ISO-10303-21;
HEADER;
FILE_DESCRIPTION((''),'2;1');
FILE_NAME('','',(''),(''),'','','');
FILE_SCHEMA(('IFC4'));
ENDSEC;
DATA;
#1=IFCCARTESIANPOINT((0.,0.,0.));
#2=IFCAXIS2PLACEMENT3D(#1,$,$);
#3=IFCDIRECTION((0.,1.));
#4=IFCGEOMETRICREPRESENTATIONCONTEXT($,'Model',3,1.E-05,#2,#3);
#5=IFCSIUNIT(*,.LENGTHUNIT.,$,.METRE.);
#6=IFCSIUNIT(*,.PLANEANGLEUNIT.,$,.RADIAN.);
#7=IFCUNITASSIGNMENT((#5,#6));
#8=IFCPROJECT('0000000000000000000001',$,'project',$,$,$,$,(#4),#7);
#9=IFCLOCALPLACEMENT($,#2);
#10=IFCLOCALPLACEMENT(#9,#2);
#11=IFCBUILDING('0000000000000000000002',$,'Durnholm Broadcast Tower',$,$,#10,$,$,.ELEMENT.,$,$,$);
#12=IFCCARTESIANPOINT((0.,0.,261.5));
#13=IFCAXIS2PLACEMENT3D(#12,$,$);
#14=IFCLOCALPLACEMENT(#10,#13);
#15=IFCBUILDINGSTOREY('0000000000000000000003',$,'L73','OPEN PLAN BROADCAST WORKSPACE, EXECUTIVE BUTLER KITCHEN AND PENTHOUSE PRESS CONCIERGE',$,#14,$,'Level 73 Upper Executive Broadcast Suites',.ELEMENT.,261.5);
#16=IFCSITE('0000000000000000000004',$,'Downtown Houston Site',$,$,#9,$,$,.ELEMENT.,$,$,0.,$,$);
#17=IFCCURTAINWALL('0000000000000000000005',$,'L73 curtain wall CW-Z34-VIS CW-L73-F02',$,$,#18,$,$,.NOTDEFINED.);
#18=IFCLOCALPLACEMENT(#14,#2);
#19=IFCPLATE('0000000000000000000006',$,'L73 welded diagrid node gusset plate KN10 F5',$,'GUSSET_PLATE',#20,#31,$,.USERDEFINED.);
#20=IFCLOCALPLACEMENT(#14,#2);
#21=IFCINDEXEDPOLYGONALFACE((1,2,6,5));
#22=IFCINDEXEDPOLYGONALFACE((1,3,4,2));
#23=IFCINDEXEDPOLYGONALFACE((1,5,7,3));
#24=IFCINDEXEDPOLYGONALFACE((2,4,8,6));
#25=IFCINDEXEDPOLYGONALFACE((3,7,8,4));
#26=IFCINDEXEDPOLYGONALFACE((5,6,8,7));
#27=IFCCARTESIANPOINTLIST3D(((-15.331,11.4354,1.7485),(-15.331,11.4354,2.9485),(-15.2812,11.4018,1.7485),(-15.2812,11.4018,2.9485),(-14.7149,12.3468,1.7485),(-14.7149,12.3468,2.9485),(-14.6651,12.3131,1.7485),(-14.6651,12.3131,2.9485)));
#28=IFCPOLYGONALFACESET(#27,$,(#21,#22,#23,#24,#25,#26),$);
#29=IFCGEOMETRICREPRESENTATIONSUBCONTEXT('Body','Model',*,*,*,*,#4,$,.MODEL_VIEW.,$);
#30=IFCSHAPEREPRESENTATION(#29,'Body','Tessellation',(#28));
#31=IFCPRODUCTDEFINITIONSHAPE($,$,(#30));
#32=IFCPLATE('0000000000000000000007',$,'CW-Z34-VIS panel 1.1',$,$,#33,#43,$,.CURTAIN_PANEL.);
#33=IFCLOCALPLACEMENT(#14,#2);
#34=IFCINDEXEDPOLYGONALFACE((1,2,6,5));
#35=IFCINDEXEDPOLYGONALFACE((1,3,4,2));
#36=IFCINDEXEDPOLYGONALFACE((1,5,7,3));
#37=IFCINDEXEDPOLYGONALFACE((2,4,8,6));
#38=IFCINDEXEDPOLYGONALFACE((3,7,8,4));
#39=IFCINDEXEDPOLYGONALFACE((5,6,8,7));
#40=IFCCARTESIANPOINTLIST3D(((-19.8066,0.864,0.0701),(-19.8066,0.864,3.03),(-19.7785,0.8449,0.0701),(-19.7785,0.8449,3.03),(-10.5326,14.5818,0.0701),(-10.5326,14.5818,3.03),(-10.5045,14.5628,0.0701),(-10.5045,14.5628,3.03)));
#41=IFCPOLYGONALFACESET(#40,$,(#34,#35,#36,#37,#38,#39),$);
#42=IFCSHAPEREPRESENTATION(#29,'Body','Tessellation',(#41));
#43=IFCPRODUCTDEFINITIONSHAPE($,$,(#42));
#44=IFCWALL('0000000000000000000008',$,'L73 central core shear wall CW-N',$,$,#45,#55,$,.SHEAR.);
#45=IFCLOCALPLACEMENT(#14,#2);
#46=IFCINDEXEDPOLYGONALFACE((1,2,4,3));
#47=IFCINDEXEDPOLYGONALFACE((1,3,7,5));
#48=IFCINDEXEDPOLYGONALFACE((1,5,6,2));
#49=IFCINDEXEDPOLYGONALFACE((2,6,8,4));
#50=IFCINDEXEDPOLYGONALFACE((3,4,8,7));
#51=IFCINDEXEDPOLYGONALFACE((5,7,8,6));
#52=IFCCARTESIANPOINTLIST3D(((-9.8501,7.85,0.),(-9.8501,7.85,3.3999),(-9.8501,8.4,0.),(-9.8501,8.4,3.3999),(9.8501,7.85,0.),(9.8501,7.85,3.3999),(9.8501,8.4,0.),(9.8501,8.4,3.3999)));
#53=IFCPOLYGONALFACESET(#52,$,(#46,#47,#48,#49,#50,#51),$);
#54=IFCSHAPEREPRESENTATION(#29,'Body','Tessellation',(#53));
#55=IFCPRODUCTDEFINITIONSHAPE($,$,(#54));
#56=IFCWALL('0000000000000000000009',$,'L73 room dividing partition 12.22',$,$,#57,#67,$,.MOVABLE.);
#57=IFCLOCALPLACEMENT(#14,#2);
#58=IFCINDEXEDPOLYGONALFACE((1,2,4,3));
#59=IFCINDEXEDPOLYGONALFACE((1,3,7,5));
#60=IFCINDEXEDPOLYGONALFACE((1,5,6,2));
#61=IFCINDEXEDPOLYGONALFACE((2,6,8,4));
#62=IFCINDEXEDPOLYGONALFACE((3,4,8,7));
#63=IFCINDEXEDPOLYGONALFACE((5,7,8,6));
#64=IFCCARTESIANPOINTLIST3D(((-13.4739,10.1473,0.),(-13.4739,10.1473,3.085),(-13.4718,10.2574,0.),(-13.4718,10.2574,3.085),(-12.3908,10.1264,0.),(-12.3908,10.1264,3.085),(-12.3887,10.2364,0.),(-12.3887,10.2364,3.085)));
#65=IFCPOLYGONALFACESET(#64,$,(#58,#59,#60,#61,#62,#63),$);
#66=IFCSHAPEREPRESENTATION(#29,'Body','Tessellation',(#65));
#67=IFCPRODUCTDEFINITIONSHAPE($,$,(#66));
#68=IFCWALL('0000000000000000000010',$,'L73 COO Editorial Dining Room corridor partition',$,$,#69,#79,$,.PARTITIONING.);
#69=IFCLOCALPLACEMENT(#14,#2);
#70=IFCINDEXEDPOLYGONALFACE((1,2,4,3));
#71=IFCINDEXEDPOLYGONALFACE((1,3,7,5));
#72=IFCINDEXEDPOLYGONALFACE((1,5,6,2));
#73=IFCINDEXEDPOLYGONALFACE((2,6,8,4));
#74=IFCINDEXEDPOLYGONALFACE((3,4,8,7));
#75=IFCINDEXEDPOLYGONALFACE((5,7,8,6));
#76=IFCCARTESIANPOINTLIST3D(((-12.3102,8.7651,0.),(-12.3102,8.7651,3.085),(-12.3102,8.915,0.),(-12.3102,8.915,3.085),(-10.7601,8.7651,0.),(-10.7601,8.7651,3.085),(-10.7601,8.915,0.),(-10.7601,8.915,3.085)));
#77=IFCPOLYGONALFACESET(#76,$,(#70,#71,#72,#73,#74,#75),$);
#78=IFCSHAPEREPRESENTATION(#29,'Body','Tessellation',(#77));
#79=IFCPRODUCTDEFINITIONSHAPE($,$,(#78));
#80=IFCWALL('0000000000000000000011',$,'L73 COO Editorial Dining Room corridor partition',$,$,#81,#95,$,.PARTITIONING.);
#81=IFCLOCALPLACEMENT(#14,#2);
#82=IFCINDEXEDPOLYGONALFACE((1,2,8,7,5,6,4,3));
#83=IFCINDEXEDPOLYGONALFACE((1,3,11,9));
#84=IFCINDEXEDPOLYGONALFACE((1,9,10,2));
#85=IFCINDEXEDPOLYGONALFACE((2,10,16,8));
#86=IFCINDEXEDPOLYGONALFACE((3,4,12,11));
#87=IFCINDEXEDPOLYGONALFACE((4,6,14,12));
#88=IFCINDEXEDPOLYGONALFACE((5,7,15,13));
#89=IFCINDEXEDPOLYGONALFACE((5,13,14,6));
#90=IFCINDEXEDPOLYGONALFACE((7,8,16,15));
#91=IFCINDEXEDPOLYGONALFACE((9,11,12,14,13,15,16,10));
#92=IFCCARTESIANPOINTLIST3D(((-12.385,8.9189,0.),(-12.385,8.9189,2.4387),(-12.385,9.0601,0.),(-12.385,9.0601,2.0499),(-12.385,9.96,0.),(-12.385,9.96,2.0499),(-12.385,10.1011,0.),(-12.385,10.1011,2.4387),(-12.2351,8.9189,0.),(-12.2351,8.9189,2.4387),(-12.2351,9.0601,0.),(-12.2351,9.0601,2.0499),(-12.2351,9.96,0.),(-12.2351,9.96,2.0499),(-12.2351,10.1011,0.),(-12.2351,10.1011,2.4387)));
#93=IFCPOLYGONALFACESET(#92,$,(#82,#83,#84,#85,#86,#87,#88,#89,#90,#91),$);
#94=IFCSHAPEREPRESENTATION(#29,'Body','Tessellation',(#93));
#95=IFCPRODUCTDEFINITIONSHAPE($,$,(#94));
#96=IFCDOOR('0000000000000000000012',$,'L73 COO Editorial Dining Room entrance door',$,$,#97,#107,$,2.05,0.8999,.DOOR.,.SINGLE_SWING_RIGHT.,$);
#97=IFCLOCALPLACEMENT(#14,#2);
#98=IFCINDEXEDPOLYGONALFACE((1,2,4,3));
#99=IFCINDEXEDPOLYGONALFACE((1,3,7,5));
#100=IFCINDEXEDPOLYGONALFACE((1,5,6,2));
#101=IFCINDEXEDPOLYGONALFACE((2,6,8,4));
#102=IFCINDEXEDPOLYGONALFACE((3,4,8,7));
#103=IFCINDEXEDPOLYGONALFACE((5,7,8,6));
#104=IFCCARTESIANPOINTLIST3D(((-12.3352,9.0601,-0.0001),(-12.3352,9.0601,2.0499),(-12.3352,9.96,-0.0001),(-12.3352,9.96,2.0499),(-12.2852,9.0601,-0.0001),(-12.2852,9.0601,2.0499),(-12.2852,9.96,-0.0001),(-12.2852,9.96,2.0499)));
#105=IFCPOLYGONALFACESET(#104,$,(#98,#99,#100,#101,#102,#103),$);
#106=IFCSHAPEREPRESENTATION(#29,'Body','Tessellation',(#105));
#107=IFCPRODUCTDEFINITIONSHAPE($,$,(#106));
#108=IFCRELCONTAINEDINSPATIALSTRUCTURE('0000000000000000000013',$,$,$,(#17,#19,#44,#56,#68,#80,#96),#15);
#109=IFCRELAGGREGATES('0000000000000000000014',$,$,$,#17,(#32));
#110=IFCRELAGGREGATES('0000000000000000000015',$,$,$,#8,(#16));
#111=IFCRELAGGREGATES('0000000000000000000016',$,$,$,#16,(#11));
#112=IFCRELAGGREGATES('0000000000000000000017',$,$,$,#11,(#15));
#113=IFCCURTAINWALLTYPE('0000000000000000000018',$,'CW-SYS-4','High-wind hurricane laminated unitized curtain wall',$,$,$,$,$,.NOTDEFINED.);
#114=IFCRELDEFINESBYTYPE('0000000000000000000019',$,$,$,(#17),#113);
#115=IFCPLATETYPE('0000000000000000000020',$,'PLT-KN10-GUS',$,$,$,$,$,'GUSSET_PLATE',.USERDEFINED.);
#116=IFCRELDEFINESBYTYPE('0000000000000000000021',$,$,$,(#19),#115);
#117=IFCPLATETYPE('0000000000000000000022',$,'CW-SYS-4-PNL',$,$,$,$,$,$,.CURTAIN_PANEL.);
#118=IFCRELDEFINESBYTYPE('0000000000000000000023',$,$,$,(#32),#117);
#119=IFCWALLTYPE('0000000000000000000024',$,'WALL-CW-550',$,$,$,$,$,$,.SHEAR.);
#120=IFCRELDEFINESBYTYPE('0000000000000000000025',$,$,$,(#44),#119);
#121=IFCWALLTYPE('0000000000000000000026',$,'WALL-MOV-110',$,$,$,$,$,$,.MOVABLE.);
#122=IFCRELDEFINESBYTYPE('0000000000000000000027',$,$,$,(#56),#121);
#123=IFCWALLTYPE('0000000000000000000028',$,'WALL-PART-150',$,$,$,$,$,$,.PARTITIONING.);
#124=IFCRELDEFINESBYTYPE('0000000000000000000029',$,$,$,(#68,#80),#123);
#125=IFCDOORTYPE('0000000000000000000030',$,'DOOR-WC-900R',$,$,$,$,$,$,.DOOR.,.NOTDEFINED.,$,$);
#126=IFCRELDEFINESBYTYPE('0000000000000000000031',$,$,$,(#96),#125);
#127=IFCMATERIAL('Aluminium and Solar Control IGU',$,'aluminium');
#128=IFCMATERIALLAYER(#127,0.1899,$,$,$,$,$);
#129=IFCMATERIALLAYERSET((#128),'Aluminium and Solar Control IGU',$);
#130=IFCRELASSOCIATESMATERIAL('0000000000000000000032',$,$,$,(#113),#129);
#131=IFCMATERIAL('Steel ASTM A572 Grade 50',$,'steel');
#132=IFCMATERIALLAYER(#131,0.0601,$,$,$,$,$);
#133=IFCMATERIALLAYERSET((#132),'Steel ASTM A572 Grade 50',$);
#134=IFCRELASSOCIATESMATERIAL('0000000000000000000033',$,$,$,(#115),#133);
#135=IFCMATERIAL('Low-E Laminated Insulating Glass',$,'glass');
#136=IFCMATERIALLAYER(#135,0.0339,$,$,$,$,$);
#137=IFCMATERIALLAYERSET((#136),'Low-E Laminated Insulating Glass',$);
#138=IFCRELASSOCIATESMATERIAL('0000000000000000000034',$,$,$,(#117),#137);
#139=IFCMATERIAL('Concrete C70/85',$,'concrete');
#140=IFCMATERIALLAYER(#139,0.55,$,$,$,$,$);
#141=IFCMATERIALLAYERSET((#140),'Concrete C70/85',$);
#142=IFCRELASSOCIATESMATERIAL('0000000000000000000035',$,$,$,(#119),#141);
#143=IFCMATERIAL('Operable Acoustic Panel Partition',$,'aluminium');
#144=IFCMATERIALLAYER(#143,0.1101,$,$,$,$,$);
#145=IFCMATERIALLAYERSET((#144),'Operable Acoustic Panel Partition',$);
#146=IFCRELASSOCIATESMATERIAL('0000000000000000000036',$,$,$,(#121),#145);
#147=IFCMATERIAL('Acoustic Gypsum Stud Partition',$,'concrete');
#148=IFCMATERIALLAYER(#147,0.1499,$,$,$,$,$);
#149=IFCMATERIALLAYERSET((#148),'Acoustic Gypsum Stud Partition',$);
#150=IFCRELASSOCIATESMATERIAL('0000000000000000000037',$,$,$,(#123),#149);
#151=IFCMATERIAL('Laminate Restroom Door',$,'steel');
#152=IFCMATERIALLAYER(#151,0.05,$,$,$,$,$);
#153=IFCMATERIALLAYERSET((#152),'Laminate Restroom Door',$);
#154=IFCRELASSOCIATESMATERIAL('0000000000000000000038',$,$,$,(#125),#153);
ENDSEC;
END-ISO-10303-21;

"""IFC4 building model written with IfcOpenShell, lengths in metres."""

from ifc_helpers import new_model, si_unit, direction, frame, frame_2d, origin, origin_2d, place, context, subcontext, project, spatial, rectangle, extrude, source, transform, mapped, material, layer, layer_set, type_object, type_shapes, element, fill, aggregate, save


model = new_model("IFC4")

# Units and contexts
model_context = context("Model", 3, precision=1e-05, world=origin(), true_north=direction((0.0, 1.0)))
body_context = subcontext(model_context, "Body", "Model", "MODEL_VIEW")
ifc_project = project(units=[si_unit("LENGTHUNIT", "METRE"), si_unit("PLANEANGLEUNIT", "RADIAN")], contexts=[model_context])

# Site, building, storey
site_placement = place(None, origin())
site = spatial("IfcSite", under=ifc_project, at=site_placement, Name="Downtown Houston Site", CompositionType="ELEMENT", RefElevation=0.0)
building_placement = place(site_placement, origin())
building = spatial("IfcBuilding", under=site, at=building_placement, Name="Durnholm Broadcast Tower", CompositionType="ELEMENT")
storey_placement = place(building_placement, frame((0.0, 0.0, 261.5)))
storey = spatial("IfcBuildingStorey", under=building, at=storey_placement, Name="L73", Description="OPEN PLAN BROADCAST WORKSPACE, EXECUTIVE BUTLER KITCHEN AND PENTHOUSE PRESS CONCIERGE", LongName="Level 73 Upper Executive Broadcast Suites", CompositionType="ELEMENT", Elevation=261.5)

# Shared definitions
ifc_material_1 = material(Name="Concrete C70/85", Category="concrete")

# Shared definitions
ifc_material_2 = material(Name="Aluminium and Solar Control IGU", Category="aluminium")

# Curtain wall
ifc_layer_1 = layer(ifc_material_2, 0.1899)
ifc_layer_set_1 = layer_set([ifc_layer_1], Name="Aluminium and Solar Control IGU")
curtain_wall_type_1 = type_object("IfcCurtainWallType", Name="CW-SYS-4", Description="High-wind hurricane laminated unitized curtain wall", PredefinedType="NOTDEFINED", material=ifc_layer_set_1)
curtain_wall_1_placement = place(storey_placement, origin())
curtain_wall_1 = element("IfcCurtainWall", 1, at=curtain_wall_1_placement, inside=storey, type_object=curtain_wall_type_1, Name="L73 curtain wall CW-Z34-VIS CW-L73-F02", PredefinedType="NOTDEFINED")

# Plate
ifc_material_3 = material(Name="Steel ASTM A572 Grade 50", Category="steel")
ifc_layer_2 = layer(ifc_material_3, 0.0601)
ifc_layer_set_2 = layer_set([ifc_layer_2], Name="Steel ASTM A572 Grade 50")
plate_type_1 = type_object("IfcPlateType", Name="PLT-KN10-GUS", ElementType="GUSSET_PLATE", PredefinedType="USERDEFINED", material=ifc_layer_set_2)
shared_shape_1 = source(origin(), body_context, "Body", "SweptSolid", [
    extrude(rectangle(XDim=1.1001, YDim=0.0601, at=origin_2d()), origin(), (0.0, 0.0, 1.0), 1.2),
])
type_shapes(plate_type_1, [shared_shape_1])
plate_1_placement = place(storey_placement, frame((-14.998, 11.8743, 1.7485), z_axis=(0.0, 0.0, 1.0), x_axis=(-0.560061, -0.828452, 0.0)))
element("IfcPlate", 2, at=plate_1_placement, inside=storey, type_object=plate_type_1, Name="L73 welded diagrid node gusset plate KN10 F5", ObjectType="GUSSET_PLATE", PredefinedType="USERDEFINED", context=body_context, shape_type="MappedRepresentation", body=[
    mapped(shared_shape_1, transform((0.0, 0.0, 0.0), x_axis=(1.0, 0.0, 0.0), y_axis=(0.0, 1.0, 0.0), z_axis=(0.0, 0.0, 1.0), scale=1.0)),
])

# Plate
ifc_material_4 = material(Name="Low-E Laminated Insulating Glass", Category="glass")
ifc_layer_3 = layer(ifc_material_4, 0.0339)
ifc_layer_set_3 = layer_set([ifc_layer_3], Name="Low-E Laminated Insulating Glass")
plate_type_2 = type_object("IfcPlateType", Name="CW-SYS-4-PNL", PredefinedType="CURTAIN_PANEL", material=ifc_layer_set_3)
shared_shape_2 = source(origin(), body_context, "Body", "SweptSolid", [
    extrude(rectangle(XDim=16.5586, YDim=0.0339, at=origin_2d()), origin(), (0.0, 0.0, 1.0), 2.96),
])
type_shapes(plate_type_2, [shared_shape_2])
plate_2_placement = place(storey_placement, frame((-15.1555, 7.7134, 0.0701), z_axis=(0.0, 0.0, 1.0), x_axis=(0.560073, 0.828443, 0.0)))
plate_2 = element("IfcPlate", 3, at=plate_2_placement, type_object=plate_type_2, Name="CW-Z34-VIS panel 1.1", PredefinedType="CURTAIN_PANEL", context=body_context, shape_type="MappedRepresentation", body=[
    mapped(shared_shape_2, transform((0.0, 0.0, 0.0), x_axis=(1.0, 0.0, 0.0), y_axis=(0.0, 1.0, 0.0), z_axis=(0.0, 0.0, 1.0), scale=1.0)),
])
aggregate(curtain_wall_1, [plate_2])

# Walls
ifc_layer_4 = layer(ifc_material_1, 0.55)
ifc_layer_set_4 = layer_set([ifc_layer_4], Name="Concrete C70/85")
wall_type_1 = type_object("IfcWallType", Name="WALL-CW-550", PredefinedType="SHEAR", material=ifc_layer_set_4)
wall_1_placement = place(storey_placement, frame((-9.8501, 8.125, 0.0), z_axis=(0.0, 0.0, 1.0), x_axis=(1.0, 0.0, 0.0)))
element("IfcWall", 4, at=wall_1_placement, inside=storey, type_object=wall_type_1, Name="L73 central core shear wall CW-N", PredefinedType="SHEAR", context=body_context, shape_type="SweptSolid", body=[
    extrude(rectangle(XDim=19.7002, YDim=0.55, at=frame_2d((9.8501, 0.0))), origin(), (0.0, 0.0, 1.0), 3.3999),
])
ifc_material_5 = material(Name="Operable Acoustic Panel Partition", Category="aluminium")
ifc_layer_5 = layer(ifc_material_5, 0.1101)
ifc_layer_set_5 = layer_set([ifc_layer_5], Name="Operable Acoustic Panel Partition")
wall_type_2 = type_object("IfcWallType", Name="WALL-MOV-110", PredefinedType="MOVABLE", material=ifc_layer_set_5)
wall_2_placement = place(storey_placement, frame((-12.3899, 10.1814, 0.0), z_axis=(0.0, 0.0, 1.0), x_axis=(-0.999812, 0.019383, 0.0)))
element("IfcWall", 5, at=wall_2_placement, inside=storey, type_object=wall_type_2, Name="L73 room dividing partition 12.22", PredefinedType="MOVABLE", context=body_context, shape_type="SweptSolid", body=[
    extrude(rectangle(XDim=1.0833, YDim=0.1101, at=frame_2d((0.5415, 0.0))), origin(), (0.0, 0.0, 1.0), 3.085),
])
ifc_material_6 = material(Name="Acoustic Gypsum Stud Partition", Category="concrete")
ifc_layer_6 = layer(ifc_material_6, 0.1499)
ifc_layer_set_6 = layer_set([ifc_layer_6], Name="Acoustic Gypsum Stud Partition")
wall_type_3 = type_object("IfcWallType", Name="WALL-PART-150", PredefinedType="PARTITIONING", material=ifc_layer_set_6)
wall_3_placement = place(storey_placement, frame((-12.3101, 8.8401, 0.0), z_axis=(0.0, 0.0, 1.0), x_axis=(1.0, 0.0, 0.0)))
element("IfcWall", 6, at=wall_3_placement, inside=storey, type_object=wall_type_3, Name="L73 COO Editorial Dining Room corridor partition", PredefinedType="PARTITIONING", context=body_context, shape_type="SweptSolid", body=[
    extrude(rectangle(XDim=1.55, YDim=0.1499, at=frame_2d((0.7749, 0.0))), origin(), (0.0, 0.0, 1.0), 3.085),
])

# Wall, opening, door
wall_4_placement = place(storey_placement, frame((-12.3101, 10.1011, 0.0), z_axis=(0.0, 0.0, 1.0), x_axis=(0.0, -1.0, 0.0)))
wall_4 = element("IfcWall", 7, at=wall_4_placement, inside=storey, type_object=wall_type_3, Name="L73 COO Editorial Dining Room corridor partition", PredefinedType="PARTITIONING", context=body_context, shape_type="SweptSolid", body=[
    extrude(rectangle(XDim=1.1821, YDim=0.1499, at=frame_2d((0.5911, 0.0))), origin(), (0.0, 0.0, 1.0), 2.4387),
])
opening_placement = place(wall_4_placement, frame((0.1411, 0.0, 0.0)))
opening = element("IfcOpeningElement", 8, at=opening_placement, cuts=wall_4, PredefinedType="OPENING", context=body_context, shape_type="SweptSolid", body=[
    extrude(rectangle(XDim=0.8999, YDim=2.05, at=frame_2d((0.45, 1.0249))), frame((0.0, 0.085, 0.0), z_axis=(0.0, -1.0, 0.0), x_axis=(1.0, 0.0, 0.0)), (0.0, 0.0, 1.0), 0.1699),
])
ifc_material_7 = material(Name="Laminate Restroom Door", Category="steel")
ifc_layer_7 = layer(ifc_material_7, 0.05)
ifc_layer_set_7 = layer_set([ifc_layer_7], Name="Laminate Restroom Door")
door_type = type_object("IfcDoorType", Name="DOOR-WC-900R", OperationType="NOTDEFINED", PredefinedType="DOOR", material=ifc_layer_set_7)
shared_shape_3 = source(origin(), body_context, "Body", "SweptSolid", [
    extrude(rectangle(XDim=0.8999, YDim=2.05, at=frame_2d((0.45, 1.0249))), frame((0.0, 0.0249, 0.0), z_axis=(0.0, -1.0, 0.0), x_axis=(1.0, 0.0, 0.0)), (0.0, 0.0, 1.0), 0.05),
])
type_shapes(door_type, [shared_shape_3])
door_placement = place(opening_placement, origin())
door = element("IfcDoor", 9, at=door_placement, inside=storey, type_object=door_type, Name="L73 COO Editorial Dining Room entrance door", OperationType="SINGLE_SWING_RIGHT", OverallHeight=2.05, OverallWidth=0.8999, PredefinedType="DOOR", context=body_context, shape_type="MappedRepresentation", body=[
    mapped(shared_shape_3, transform((0.0, 0.0, 0.0), x_axis=(1.0, 0.0, 0.0), y_axis=(0.0, 1.0, 0.0), z_axis=(0.0, 0.0, 1.0), scale=1.0)),
])
fill(opening, door)

save(model, "model.ifc")
